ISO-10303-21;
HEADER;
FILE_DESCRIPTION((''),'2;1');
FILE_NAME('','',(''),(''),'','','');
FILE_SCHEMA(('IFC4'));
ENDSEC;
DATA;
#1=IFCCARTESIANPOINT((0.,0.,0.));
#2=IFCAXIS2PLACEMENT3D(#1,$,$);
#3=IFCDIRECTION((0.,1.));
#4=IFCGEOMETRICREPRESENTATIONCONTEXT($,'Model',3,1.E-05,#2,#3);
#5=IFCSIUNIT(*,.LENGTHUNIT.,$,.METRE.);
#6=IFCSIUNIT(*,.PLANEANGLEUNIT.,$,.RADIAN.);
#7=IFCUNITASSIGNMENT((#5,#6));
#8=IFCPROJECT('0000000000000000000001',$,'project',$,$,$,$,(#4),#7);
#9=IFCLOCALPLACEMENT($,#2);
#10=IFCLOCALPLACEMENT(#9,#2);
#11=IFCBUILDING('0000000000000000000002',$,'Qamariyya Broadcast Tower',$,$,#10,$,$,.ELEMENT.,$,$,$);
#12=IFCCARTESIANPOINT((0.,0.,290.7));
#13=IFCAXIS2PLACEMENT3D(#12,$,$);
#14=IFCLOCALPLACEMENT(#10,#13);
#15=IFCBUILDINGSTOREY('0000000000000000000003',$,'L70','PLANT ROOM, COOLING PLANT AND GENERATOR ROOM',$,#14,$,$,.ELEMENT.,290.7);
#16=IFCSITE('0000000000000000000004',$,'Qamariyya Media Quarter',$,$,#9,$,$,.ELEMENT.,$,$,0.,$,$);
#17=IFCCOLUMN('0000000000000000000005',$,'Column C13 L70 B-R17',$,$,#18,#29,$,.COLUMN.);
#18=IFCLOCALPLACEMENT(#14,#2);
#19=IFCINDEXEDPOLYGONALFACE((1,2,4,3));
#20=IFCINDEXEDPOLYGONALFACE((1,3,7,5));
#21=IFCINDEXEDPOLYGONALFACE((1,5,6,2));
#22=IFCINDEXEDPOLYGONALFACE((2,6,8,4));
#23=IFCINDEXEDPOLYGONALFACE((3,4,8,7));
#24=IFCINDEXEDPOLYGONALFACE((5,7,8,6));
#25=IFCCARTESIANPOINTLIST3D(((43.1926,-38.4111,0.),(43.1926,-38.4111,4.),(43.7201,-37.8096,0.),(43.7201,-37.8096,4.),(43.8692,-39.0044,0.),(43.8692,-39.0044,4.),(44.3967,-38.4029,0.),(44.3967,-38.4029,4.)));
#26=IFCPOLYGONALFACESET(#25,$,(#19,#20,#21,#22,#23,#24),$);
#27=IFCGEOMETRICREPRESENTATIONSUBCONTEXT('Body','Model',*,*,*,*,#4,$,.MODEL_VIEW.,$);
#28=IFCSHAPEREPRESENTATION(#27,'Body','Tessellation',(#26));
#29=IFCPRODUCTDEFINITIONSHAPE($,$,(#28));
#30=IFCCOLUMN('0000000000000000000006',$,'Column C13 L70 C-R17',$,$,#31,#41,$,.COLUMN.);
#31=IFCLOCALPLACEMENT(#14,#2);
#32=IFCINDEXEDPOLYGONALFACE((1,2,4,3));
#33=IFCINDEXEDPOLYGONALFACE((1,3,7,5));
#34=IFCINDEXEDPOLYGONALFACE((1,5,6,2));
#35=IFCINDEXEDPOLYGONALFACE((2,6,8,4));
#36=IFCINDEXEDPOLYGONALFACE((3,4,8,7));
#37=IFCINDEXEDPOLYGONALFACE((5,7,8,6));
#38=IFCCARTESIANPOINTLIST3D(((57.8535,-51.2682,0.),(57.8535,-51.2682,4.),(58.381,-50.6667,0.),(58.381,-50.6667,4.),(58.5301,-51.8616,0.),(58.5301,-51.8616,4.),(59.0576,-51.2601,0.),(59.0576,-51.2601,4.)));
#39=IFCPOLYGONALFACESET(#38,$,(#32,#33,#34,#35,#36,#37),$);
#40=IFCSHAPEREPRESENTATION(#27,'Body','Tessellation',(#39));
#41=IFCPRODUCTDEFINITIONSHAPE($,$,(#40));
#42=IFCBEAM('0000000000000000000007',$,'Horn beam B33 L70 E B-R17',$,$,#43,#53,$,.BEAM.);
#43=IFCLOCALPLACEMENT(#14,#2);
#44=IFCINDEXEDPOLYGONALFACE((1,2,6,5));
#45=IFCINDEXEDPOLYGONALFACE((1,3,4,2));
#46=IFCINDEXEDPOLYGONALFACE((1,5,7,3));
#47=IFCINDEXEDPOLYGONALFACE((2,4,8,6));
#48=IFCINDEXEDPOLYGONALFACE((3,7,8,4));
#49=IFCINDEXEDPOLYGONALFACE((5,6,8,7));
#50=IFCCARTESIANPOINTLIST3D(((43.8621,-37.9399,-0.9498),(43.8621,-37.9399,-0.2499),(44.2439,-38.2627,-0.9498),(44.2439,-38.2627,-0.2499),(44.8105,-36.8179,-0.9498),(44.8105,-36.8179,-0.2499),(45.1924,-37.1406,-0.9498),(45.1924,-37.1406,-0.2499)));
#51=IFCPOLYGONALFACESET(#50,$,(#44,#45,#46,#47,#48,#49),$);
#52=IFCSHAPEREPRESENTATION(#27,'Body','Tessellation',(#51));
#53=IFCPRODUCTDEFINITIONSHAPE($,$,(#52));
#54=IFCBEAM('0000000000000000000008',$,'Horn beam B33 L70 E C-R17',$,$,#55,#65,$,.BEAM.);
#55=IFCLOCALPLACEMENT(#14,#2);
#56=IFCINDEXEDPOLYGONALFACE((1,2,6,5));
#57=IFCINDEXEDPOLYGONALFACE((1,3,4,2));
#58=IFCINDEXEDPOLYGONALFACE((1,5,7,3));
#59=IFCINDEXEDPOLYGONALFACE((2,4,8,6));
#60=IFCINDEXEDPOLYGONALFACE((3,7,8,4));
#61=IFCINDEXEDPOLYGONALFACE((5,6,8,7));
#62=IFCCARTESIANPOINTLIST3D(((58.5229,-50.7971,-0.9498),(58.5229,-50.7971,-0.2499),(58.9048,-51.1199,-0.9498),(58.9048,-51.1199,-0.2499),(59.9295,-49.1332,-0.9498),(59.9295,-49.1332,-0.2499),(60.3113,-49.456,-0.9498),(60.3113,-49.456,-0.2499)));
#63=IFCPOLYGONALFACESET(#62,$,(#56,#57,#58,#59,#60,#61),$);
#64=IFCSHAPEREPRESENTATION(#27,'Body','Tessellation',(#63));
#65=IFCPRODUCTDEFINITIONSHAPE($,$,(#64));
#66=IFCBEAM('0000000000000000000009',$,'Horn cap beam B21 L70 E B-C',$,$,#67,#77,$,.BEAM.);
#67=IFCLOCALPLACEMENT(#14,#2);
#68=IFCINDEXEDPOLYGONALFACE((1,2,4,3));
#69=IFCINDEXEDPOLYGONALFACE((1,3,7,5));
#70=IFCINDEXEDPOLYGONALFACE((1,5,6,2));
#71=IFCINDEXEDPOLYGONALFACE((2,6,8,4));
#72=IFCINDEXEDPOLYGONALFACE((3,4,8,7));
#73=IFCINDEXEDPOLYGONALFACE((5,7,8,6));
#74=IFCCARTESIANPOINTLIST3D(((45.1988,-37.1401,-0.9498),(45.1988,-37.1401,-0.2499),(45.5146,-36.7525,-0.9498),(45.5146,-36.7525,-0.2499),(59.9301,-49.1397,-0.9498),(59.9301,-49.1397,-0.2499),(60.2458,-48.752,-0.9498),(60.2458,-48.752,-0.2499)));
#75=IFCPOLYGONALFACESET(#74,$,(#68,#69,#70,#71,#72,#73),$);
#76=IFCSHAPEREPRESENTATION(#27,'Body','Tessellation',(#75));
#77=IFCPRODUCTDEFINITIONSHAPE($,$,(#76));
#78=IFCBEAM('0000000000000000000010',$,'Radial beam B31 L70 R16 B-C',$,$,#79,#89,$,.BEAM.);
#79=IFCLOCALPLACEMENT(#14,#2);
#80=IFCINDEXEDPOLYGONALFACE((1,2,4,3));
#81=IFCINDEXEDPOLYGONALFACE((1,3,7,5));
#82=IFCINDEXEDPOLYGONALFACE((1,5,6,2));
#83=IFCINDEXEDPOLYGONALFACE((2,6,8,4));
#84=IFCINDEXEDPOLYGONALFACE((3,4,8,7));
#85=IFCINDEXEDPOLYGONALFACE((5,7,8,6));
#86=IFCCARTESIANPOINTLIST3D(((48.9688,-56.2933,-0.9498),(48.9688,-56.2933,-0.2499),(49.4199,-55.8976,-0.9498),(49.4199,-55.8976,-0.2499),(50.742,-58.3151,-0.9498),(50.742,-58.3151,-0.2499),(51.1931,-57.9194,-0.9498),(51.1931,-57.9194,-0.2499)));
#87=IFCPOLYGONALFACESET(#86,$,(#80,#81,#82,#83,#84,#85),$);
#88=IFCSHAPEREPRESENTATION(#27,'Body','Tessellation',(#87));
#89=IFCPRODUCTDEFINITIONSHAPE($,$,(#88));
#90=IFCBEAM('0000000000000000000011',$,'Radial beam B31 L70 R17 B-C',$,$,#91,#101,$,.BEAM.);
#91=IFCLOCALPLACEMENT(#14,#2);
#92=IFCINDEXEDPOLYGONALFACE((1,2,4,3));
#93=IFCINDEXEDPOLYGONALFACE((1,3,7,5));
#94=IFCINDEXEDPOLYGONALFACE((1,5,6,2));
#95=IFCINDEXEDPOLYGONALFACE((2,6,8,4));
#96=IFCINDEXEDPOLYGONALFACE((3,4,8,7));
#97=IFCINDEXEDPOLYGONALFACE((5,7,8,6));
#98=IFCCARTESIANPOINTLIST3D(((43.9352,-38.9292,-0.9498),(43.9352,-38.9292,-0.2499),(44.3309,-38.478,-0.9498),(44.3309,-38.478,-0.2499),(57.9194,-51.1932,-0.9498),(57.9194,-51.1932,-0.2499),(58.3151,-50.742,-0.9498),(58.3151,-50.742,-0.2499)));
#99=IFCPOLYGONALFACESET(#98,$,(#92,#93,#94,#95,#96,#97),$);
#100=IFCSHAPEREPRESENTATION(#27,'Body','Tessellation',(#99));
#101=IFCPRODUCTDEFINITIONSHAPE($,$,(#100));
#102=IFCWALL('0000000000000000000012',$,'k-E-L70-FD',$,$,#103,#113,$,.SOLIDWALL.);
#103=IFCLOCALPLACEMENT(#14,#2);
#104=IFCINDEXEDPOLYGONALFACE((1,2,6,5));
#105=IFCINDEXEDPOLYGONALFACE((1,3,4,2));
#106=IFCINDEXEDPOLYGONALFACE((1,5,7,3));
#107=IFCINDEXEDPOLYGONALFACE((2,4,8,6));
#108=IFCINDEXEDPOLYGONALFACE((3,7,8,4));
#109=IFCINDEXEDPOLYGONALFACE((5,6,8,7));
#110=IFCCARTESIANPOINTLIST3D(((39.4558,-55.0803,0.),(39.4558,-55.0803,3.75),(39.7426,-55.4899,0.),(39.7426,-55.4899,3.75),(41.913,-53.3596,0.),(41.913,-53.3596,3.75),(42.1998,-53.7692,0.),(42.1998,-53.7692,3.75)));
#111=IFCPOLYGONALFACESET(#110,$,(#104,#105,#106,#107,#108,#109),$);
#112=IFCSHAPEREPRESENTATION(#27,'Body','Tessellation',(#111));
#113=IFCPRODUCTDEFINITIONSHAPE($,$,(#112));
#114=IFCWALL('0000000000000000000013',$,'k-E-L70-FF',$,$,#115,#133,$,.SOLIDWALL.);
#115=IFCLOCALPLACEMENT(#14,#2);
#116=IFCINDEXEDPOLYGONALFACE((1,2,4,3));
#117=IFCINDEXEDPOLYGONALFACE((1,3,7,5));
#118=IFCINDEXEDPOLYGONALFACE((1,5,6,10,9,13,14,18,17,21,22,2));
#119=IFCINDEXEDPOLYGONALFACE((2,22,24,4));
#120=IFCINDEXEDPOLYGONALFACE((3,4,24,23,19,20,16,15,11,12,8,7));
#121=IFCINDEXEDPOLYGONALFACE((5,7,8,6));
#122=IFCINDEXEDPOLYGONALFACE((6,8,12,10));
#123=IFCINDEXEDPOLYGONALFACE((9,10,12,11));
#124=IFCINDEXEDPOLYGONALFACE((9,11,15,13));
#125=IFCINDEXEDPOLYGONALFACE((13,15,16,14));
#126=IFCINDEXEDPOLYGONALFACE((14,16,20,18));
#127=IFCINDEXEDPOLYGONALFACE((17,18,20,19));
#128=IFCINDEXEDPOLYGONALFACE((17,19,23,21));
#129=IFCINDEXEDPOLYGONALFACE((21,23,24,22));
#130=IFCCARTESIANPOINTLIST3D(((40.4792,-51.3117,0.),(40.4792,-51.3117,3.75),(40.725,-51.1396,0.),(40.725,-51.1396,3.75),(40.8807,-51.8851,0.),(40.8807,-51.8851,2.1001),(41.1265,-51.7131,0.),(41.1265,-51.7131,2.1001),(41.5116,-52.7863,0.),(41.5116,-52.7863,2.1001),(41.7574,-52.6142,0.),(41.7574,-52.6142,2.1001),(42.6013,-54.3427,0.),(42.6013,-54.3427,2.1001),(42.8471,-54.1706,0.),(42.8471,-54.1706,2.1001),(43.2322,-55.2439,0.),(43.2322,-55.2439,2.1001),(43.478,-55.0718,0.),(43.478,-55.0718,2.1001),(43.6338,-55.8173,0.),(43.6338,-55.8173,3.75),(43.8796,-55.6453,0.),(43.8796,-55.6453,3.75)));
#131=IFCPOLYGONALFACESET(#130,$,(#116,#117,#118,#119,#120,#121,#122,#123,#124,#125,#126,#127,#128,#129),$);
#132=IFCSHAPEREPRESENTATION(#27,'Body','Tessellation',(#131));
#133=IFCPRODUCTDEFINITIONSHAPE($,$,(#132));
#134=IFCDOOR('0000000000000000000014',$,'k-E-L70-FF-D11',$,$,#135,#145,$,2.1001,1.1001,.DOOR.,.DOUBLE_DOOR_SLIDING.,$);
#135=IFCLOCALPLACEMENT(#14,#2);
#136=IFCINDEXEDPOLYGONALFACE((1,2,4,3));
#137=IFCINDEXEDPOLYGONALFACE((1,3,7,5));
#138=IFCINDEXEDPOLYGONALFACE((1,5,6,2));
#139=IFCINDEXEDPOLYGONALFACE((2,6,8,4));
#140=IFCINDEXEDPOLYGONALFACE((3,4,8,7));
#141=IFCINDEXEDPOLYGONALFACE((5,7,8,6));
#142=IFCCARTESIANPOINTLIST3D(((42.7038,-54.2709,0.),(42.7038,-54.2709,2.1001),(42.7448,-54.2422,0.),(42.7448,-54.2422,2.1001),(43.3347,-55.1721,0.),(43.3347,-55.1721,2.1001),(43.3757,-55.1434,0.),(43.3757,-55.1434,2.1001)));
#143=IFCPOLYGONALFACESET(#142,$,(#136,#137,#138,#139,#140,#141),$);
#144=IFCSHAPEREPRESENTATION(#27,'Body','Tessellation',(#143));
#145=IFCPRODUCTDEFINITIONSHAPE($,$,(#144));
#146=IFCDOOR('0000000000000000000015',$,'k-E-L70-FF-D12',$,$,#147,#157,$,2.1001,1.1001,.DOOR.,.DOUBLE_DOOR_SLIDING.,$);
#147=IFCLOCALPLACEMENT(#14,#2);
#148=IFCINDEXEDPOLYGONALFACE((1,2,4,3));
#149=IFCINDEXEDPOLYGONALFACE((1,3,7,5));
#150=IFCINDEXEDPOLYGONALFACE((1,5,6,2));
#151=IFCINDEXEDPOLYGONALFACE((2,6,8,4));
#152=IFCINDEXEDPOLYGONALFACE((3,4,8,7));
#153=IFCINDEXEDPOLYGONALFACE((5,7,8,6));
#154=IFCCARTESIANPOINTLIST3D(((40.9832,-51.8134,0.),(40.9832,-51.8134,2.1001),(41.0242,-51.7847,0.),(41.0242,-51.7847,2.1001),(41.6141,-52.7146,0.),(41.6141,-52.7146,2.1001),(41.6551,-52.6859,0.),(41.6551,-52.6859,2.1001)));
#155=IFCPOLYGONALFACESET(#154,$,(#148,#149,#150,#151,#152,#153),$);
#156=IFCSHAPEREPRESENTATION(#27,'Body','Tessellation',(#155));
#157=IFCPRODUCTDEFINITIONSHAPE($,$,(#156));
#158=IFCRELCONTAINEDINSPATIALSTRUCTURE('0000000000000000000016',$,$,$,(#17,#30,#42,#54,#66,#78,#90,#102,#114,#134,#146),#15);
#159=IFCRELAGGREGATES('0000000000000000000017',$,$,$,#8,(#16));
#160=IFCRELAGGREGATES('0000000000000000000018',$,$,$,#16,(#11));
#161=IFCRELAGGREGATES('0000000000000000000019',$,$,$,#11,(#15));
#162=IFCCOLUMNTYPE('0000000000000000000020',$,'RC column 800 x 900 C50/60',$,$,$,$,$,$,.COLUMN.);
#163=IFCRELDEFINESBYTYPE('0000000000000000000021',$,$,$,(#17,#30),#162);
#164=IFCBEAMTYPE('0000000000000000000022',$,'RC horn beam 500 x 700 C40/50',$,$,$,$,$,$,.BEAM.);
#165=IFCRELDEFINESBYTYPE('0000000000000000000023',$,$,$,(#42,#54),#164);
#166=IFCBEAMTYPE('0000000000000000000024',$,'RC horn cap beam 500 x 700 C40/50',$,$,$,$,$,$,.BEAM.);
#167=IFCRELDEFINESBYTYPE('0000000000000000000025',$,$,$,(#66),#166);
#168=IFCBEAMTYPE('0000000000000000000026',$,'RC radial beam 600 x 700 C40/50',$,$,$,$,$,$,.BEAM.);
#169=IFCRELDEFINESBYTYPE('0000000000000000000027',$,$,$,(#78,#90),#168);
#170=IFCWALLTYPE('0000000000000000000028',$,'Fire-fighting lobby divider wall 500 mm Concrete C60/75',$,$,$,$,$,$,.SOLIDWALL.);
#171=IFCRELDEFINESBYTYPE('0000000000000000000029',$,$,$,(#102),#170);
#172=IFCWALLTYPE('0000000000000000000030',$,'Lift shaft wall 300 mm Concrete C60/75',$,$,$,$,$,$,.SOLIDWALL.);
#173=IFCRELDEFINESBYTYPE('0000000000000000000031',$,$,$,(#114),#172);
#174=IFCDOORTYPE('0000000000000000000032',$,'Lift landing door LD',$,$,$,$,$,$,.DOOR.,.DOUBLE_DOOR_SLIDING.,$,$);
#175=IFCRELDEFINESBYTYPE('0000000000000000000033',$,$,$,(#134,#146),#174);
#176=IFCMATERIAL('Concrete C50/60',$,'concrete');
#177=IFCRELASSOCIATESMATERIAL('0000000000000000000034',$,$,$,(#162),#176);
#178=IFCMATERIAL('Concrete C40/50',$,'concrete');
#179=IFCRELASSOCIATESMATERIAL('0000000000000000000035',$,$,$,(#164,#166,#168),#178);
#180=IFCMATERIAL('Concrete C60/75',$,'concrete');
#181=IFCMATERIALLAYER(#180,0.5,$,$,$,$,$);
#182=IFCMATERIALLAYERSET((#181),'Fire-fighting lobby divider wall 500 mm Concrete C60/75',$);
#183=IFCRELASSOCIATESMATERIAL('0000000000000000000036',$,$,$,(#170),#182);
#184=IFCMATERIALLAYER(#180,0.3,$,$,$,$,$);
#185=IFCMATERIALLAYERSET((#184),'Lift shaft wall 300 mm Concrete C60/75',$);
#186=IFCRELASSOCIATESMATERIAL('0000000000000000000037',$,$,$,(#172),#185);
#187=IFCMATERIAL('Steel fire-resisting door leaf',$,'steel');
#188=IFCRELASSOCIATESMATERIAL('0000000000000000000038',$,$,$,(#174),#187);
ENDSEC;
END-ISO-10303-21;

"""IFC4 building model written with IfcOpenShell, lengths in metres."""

from ifc_helpers import new_model, si_unit, direction, frame, frame_2d, origin, origin_2d, place, context, subcontext, project, spatial, rectangle, extrude, material, layer, layer_set, material_profile, profile_set, type_object, element, fill, save


model = new_model("IFC4")

# Units and contexts
model_context = context("Model", 3, precision=1e-05, world=origin(), true_north=direction((0.0, 1.0)))
body_context = subcontext(model_context, "Body", "Model", "MODEL_VIEW")
ifc_project = project(units=[si_unit("LENGTHUNIT", "METRE"), si_unit("PLANEANGLEUNIT", "RADIAN")], contexts=[model_context])

# Site, building, storey
site_placement = place(None, origin())
site = spatial("IfcSite", under=ifc_project, at=site_placement, Name="Qamariyya Media Quarter", CompositionType="ELEMENT", RefElevation=0.0)
building_placement = place(site_placement, origin())
building = spatial("IfcBuilding", under=site, at=building_placement, Name="Qamariyya Broadcast Tower", CompositionType="ELEMENT")
storey_placement = place(building_placement, frame((0.0, 0.0, 290.7)))
storey = spatial("IfcBuildingStorey", under=building, at=storey_placement, Name="L70", Description="PLANT ROOM, COOLING PLANT AND GENERATOR ROOM", CompositionType="ELEMENT", Elevation=290.7)

# Columns
ifc_material_1 = material(Name="Concrete C50/60", Category="concrete")
ifc_material_profile_1 = material_profile(ifc_material_1, rectangle(XDim=0.8, YDim=0.8999, at=origin_2d()))
ifc_profile_set_1 = profile_set([ifc_material_profile_1], Name="Concrete C50/60")
column_type = type_object("IfcColumnType", Name="RC column 800 x 900 C50/60", PredefinedType="COLUMN", material=ifc_profile_set_1)
for number, where, z_axis, x_axis, name in (
    (1, (43.7947, -38.407, 0.0), (0.0, 0.0, 1.0), (0.659346, 0.75184, 0.0), "Column C13 L70 B-R17"),
    (2, (58.4556, -51.2642, 0.0), (0.0, 0.0, 1.0), (0.659346, 0.75184, 0.0), "Column C13 L70 C-R17"),
):
    element("IfcColumn", number, at=place(storey_placement, frame(where, z_axis=z_axis, x_axis=x_axis)), inside=storey, type_object=column_type, Name=name, PredefinedType="COLUMN", context=body_context, shape_type="SweptSolid", body=[
        extrude(rectangle(XDim=0.8, YDim=0.8999, at=origin_2d()), origin(), (0.0, 0.0, 1.0), 4.0),
    ])

# Beams
ifc_material_2 = material(Name="Concrete C40/50", Category="concrete")
ifc_material_profile_2 = material_profile(ifc_material_2, rectangle(XDim=0.5, YDim=0.7, at=origin_2d()))
ifc_profile_set_2 = profile_set([ifc_material_profile_2], Name="Concrete C40/50")
beam_type_1 = type_object("IfcBeamType", Name="RC horn beam 500 x 700 C40/50", PredefinedType="BEAM", material=ifc_profile_set_2)
beam_1_placement = place(storey_placement, frame((44.053, -38.1013, -0.5999), z_axis=(0.645562, 0.763708, 0.0), x_axis=(-0.763708, 0.645562, 0.0)))
element("IfcBeam", 3, at=beam_1_placement, inside=storey, type_object=beam_type_1, Name="Horn beam B33 L70 E B-R17", PredefinedType="BEAM", context=body_context, shape_type="SweptSolid", body=[
    extrude(rectangle(XDim=0.5, YDim=0.7, at=origin_2d()), origin(), (0.0, 0.0, 1.0), 1.4692),
])
beam_2_placement = place(storey_placement, frame((58.7139, -50.9585, -0.5999), z_axis=(0.64558, 0.763692, 0.0), x_axis=(-0.763692, 0.64558, 0.0)))
element("IfcBeam", 4, at=beam_2_placement, inside=storey, type_object=beam_type_1, Name="Horn beam B33 L70 E C-R17", PredefinedType="BEAM", context=body_context, shape_type="SweptSolid", body=[
    extrude(rectangle(XDim=0.5, YDim=0.7, at=origin_2d()), origin(), (0.0, 0.0, 1.0), 2.1787),
])
ifc_material_profile_3 = material_profile(ifc_material_2, rectangle(XDim=0.5, YDim=0.7, at=origin_2d()))
ifc_profile_set_3 = profile_set([ifc_material_profile_3], Name="Concrete C40/50")
beam_type_2 = type_object("IfcBeamType", Name="RC horn cap beam 500 x 700 C40/50", PredefinedType="BEAM", material=ifc_profile_set_3)
beam_3_placement = place(storey_placement, frame((45.3567, -36.9463, -0.5999), z_axis=(0.77533, -0.631556, 0.0), x_axis=(0.631556, 0.77533, 0.0)))
element("IfcBeam", 5, at=beam_3_placement, inside=storey, type_object=beam_type_2, Name="Horn cap beam B21 L70 E B-C", PredefinedType="BEAM", context=body_context, shape_type="SweptSolid", body=[
    extrude(rectangle(XDim=0.5, YDim=0.7, at=origin_2d()), origin(), (0.0, 0.0, 1.0), 19.0),
])
ifc_material_profile_4 = material_profile(ifc_material_2, rectangle(XDim=0.6001, YDim=0.7, at=origin_2d()))
ifc_profile_set_4 = profile_set([ifc_material_profile_4], Name="Concrete C40/50")
beam_type_3 = type_object("IfcBeamType", Name="RC radial beam 600 x 700 C40/50", PredefinedType="BEAM", material=ifc_profile_set_4)
beam_4_placement = place(storey_placement, frame((49.1943, -56.0955, -0.5999), z_axis=(0.659385, -0.751806, 0.0), x_axis=(0.751806, 0.659385, 0.0)))
element("IfcBeam", 6, at=beam_4_placement, inside=storey, type_object=beam_type_3, Name="Radial beam B31 L70 R16 B-C", PredefinedType="BEAM", context=body_context, shape_type="SweptSolid", body=[
    extrude(rectangle(XDim=0.6001, YDim=0.7, at=origin_2d()), origin(), (0.0, 0.0, 1.0), 2.6892),
])
beam_5_placement = place(storey_placement, frame((44.1331, -38.7036, -0.5999), z_axis=(0.751835, -0.659351, 0.0), x_axis=(0.659351, 0.751835, 0.0)))
element("IfcBeam", 7, at=beam_5_placement, inside=storey, type_object=beam_type_3, Name="Radial beam B31 L70 R17 B-C", PredefinedType="BEAM", context=body_context, shape_type="SweptSolid", body=[
    extrude(rectangle(XDim=0.6001, YDim=0.7, at=origin_2d()), origin(), (0.0, 0.0, 1.0), 18.6001),
])

# Wall
ifc_material_3 = material(Name="Concrete C60/75", Category="concrete")
ifc_layer_1 = layer(ifc_material_3, 0.5)
ifc_layer_set_1 = layer_set([ifc_layer_1], Name="Fire-fighting lobby divider wall 500 mm Concrete C60/75")
wall_type_1 = type_object("IfcWallType", Name="Fire-fighting lobby divider wall 500 mm Concrete C60/75", PredefinedType="SOLIDWALL", material=ifc_layer_set_1)
wall_1_placement = place(storey_placement, frame((39.5991, -55.2852, 0.0), z_axis=(0.0, 0.0, 1.0), x_axis=(0.819136, 0.573599, 0.0)))
element("IfcWall", 8, at=wall_1_placement, inside=storey, type_object=wall_type_1, Name="k-E-L70-FD", PredefinedType="SOLIDWALL", context=body_context, shape_type="SweptSolid", body=[
    extrude(rectangle(XDim=2.9998, YDim=0.5, at=frame_2d((1.5, 0.0))), origin(), (0.0, 0.0, 1.0), 3.75),
])

# Wall, openings, doors
ifc_layer_2 = layer(ifc_material_3, 0.3)
ifc_layer_set_2 = layer_set([ifc_layer_2], Name="Lift shaft wall 300 mm Concrete C60/75")
wall_type_2 = type_object("IfcWallType", Name="Lift shaft wall 300 mm Concrete C60/75", PredefinedType="SOLIDWALL", material=ifc_layer_set_2)
wall_2_placement = place(storey_placement, frame((43.7566, -55.7312, 0.0), z_axis=(0.0, 0.0, 1.0), x_axis=(-0.573537, 0.81918, 0.0)))
wall_2 = element("IfcWall", 9, at=wall_2_placement, inside=storey, type_object=wall_type_2, Name="k-E-L70-FF", PredefinedType="SOLIDWALL", context=body_context, shape_type="SweptSolid", body=[
    extrude(rectangle(XDim=5.5002, YDim=0.3, at=frame_2d((2.75, 0.0))), origin(), (0.0, 0.0, 1.0), 3.75),
])
opening_1_placement = place(wall_2_placement, frame((0.7, 0.0, 0.0)))
opening_1 = element("IfcOpeningElement", 10, at=opening_1_placement, cuts=wall_2, PredefinedType="OPENING", context=body_context, shape_type="SweptSolid", body=[
    extrude(rectangle(XDim=1.1001, YDim=2.1001, at=frame_2d((0.55, 1.05))), frame((0.0, 0.1599, 0.0), z_axis=(0.0, -1.0, 0.0), x_axis=(1.0, 0.0, 0.0)), (0.0, 0.0, 1.0), 0.3201),
])
opening_2_placement = place(wall_2_placement, frame((3.7, 0.0, 0.0)))
opening_2 = element("IfcOpeningElement", 11, at=opening_2_placement, cuts=wall_2, PredefinedType="OPENING", context=body_context, shape_type="SweptSolid", body=[
    extrude(rectangle(XDim=1.1001, YDim=2.1001, at=frame_2d((0.55, 1.05))), frame((0.0, 0.1599, 0.0), z_axis=(0.0, -1.0, 0.0), x_axis=(1.0, 0.0, 0.0)), (0.0, 0.0, 1.0), 0.3201),
])
ifc_material_4 = material(Name="Steel fire-resisting door leaf", Category="steel")
door_type_1 = type_object("IfcDoorType", Name="Lift landing door LD", OperationType="DOUBLE_DOOR_SLIDING", PredefinedType="DOOR", material=ifc_material_4)
door_1_placement = place(opening_1_placement, origin())
door_1 = element("IfcDoor", 12, at=door_1_placement, inside=storey, type_object=door_type_1, Name="k-E-L70-FF-D11", OperationType="DOUBLE_DOOR_SLIDING", OverallHeight=2.1001, OverallWidth=1.1001, PredefinedType="DOOR", context=body_context, shape_type="SweptSolid", body=[
    extrude(rectangle(XDim=1.1001, YDim=2.1001, at=frame_2d((0.55, 1.05))), frame((0.0, 0.0249, 0.0), z_axis=(0.0, -1.0, 0.0), x_axis=(1.0, 0.0, 0.0)), (0.0, 0.0, 1.0), 0.05),
])
fill(opening_1, door_1)
door_2_placement = place(opening_2_placement, origin())
door_2 = element("IfcDoor", 13, at=door_2_placement, inside=storey, type_object=door_type_1, Name="k-E-L70-FF-D12", OperationType="DOUBLE_DOOR_SLIDING", OverallHeight=2.1001, OverallWidth=1.1001, PredefinedType="DOOR", context=body_context, shape_type="SweptSolid", body=[
    extrude(rectangle(XDim=1.1001, YDim=2.1001, at=frame_2d((0.55, 1.05))), frame((0.0, 0.0249, 0.0), z_axis=(0.0, -1.0, 0.0), x_axis=(1.0, 0.0, 0.0)), (0.0, 0.0, 1.0), 0.05),
])
fill(opening_2, door_2)

save(model, "model.ifc")
